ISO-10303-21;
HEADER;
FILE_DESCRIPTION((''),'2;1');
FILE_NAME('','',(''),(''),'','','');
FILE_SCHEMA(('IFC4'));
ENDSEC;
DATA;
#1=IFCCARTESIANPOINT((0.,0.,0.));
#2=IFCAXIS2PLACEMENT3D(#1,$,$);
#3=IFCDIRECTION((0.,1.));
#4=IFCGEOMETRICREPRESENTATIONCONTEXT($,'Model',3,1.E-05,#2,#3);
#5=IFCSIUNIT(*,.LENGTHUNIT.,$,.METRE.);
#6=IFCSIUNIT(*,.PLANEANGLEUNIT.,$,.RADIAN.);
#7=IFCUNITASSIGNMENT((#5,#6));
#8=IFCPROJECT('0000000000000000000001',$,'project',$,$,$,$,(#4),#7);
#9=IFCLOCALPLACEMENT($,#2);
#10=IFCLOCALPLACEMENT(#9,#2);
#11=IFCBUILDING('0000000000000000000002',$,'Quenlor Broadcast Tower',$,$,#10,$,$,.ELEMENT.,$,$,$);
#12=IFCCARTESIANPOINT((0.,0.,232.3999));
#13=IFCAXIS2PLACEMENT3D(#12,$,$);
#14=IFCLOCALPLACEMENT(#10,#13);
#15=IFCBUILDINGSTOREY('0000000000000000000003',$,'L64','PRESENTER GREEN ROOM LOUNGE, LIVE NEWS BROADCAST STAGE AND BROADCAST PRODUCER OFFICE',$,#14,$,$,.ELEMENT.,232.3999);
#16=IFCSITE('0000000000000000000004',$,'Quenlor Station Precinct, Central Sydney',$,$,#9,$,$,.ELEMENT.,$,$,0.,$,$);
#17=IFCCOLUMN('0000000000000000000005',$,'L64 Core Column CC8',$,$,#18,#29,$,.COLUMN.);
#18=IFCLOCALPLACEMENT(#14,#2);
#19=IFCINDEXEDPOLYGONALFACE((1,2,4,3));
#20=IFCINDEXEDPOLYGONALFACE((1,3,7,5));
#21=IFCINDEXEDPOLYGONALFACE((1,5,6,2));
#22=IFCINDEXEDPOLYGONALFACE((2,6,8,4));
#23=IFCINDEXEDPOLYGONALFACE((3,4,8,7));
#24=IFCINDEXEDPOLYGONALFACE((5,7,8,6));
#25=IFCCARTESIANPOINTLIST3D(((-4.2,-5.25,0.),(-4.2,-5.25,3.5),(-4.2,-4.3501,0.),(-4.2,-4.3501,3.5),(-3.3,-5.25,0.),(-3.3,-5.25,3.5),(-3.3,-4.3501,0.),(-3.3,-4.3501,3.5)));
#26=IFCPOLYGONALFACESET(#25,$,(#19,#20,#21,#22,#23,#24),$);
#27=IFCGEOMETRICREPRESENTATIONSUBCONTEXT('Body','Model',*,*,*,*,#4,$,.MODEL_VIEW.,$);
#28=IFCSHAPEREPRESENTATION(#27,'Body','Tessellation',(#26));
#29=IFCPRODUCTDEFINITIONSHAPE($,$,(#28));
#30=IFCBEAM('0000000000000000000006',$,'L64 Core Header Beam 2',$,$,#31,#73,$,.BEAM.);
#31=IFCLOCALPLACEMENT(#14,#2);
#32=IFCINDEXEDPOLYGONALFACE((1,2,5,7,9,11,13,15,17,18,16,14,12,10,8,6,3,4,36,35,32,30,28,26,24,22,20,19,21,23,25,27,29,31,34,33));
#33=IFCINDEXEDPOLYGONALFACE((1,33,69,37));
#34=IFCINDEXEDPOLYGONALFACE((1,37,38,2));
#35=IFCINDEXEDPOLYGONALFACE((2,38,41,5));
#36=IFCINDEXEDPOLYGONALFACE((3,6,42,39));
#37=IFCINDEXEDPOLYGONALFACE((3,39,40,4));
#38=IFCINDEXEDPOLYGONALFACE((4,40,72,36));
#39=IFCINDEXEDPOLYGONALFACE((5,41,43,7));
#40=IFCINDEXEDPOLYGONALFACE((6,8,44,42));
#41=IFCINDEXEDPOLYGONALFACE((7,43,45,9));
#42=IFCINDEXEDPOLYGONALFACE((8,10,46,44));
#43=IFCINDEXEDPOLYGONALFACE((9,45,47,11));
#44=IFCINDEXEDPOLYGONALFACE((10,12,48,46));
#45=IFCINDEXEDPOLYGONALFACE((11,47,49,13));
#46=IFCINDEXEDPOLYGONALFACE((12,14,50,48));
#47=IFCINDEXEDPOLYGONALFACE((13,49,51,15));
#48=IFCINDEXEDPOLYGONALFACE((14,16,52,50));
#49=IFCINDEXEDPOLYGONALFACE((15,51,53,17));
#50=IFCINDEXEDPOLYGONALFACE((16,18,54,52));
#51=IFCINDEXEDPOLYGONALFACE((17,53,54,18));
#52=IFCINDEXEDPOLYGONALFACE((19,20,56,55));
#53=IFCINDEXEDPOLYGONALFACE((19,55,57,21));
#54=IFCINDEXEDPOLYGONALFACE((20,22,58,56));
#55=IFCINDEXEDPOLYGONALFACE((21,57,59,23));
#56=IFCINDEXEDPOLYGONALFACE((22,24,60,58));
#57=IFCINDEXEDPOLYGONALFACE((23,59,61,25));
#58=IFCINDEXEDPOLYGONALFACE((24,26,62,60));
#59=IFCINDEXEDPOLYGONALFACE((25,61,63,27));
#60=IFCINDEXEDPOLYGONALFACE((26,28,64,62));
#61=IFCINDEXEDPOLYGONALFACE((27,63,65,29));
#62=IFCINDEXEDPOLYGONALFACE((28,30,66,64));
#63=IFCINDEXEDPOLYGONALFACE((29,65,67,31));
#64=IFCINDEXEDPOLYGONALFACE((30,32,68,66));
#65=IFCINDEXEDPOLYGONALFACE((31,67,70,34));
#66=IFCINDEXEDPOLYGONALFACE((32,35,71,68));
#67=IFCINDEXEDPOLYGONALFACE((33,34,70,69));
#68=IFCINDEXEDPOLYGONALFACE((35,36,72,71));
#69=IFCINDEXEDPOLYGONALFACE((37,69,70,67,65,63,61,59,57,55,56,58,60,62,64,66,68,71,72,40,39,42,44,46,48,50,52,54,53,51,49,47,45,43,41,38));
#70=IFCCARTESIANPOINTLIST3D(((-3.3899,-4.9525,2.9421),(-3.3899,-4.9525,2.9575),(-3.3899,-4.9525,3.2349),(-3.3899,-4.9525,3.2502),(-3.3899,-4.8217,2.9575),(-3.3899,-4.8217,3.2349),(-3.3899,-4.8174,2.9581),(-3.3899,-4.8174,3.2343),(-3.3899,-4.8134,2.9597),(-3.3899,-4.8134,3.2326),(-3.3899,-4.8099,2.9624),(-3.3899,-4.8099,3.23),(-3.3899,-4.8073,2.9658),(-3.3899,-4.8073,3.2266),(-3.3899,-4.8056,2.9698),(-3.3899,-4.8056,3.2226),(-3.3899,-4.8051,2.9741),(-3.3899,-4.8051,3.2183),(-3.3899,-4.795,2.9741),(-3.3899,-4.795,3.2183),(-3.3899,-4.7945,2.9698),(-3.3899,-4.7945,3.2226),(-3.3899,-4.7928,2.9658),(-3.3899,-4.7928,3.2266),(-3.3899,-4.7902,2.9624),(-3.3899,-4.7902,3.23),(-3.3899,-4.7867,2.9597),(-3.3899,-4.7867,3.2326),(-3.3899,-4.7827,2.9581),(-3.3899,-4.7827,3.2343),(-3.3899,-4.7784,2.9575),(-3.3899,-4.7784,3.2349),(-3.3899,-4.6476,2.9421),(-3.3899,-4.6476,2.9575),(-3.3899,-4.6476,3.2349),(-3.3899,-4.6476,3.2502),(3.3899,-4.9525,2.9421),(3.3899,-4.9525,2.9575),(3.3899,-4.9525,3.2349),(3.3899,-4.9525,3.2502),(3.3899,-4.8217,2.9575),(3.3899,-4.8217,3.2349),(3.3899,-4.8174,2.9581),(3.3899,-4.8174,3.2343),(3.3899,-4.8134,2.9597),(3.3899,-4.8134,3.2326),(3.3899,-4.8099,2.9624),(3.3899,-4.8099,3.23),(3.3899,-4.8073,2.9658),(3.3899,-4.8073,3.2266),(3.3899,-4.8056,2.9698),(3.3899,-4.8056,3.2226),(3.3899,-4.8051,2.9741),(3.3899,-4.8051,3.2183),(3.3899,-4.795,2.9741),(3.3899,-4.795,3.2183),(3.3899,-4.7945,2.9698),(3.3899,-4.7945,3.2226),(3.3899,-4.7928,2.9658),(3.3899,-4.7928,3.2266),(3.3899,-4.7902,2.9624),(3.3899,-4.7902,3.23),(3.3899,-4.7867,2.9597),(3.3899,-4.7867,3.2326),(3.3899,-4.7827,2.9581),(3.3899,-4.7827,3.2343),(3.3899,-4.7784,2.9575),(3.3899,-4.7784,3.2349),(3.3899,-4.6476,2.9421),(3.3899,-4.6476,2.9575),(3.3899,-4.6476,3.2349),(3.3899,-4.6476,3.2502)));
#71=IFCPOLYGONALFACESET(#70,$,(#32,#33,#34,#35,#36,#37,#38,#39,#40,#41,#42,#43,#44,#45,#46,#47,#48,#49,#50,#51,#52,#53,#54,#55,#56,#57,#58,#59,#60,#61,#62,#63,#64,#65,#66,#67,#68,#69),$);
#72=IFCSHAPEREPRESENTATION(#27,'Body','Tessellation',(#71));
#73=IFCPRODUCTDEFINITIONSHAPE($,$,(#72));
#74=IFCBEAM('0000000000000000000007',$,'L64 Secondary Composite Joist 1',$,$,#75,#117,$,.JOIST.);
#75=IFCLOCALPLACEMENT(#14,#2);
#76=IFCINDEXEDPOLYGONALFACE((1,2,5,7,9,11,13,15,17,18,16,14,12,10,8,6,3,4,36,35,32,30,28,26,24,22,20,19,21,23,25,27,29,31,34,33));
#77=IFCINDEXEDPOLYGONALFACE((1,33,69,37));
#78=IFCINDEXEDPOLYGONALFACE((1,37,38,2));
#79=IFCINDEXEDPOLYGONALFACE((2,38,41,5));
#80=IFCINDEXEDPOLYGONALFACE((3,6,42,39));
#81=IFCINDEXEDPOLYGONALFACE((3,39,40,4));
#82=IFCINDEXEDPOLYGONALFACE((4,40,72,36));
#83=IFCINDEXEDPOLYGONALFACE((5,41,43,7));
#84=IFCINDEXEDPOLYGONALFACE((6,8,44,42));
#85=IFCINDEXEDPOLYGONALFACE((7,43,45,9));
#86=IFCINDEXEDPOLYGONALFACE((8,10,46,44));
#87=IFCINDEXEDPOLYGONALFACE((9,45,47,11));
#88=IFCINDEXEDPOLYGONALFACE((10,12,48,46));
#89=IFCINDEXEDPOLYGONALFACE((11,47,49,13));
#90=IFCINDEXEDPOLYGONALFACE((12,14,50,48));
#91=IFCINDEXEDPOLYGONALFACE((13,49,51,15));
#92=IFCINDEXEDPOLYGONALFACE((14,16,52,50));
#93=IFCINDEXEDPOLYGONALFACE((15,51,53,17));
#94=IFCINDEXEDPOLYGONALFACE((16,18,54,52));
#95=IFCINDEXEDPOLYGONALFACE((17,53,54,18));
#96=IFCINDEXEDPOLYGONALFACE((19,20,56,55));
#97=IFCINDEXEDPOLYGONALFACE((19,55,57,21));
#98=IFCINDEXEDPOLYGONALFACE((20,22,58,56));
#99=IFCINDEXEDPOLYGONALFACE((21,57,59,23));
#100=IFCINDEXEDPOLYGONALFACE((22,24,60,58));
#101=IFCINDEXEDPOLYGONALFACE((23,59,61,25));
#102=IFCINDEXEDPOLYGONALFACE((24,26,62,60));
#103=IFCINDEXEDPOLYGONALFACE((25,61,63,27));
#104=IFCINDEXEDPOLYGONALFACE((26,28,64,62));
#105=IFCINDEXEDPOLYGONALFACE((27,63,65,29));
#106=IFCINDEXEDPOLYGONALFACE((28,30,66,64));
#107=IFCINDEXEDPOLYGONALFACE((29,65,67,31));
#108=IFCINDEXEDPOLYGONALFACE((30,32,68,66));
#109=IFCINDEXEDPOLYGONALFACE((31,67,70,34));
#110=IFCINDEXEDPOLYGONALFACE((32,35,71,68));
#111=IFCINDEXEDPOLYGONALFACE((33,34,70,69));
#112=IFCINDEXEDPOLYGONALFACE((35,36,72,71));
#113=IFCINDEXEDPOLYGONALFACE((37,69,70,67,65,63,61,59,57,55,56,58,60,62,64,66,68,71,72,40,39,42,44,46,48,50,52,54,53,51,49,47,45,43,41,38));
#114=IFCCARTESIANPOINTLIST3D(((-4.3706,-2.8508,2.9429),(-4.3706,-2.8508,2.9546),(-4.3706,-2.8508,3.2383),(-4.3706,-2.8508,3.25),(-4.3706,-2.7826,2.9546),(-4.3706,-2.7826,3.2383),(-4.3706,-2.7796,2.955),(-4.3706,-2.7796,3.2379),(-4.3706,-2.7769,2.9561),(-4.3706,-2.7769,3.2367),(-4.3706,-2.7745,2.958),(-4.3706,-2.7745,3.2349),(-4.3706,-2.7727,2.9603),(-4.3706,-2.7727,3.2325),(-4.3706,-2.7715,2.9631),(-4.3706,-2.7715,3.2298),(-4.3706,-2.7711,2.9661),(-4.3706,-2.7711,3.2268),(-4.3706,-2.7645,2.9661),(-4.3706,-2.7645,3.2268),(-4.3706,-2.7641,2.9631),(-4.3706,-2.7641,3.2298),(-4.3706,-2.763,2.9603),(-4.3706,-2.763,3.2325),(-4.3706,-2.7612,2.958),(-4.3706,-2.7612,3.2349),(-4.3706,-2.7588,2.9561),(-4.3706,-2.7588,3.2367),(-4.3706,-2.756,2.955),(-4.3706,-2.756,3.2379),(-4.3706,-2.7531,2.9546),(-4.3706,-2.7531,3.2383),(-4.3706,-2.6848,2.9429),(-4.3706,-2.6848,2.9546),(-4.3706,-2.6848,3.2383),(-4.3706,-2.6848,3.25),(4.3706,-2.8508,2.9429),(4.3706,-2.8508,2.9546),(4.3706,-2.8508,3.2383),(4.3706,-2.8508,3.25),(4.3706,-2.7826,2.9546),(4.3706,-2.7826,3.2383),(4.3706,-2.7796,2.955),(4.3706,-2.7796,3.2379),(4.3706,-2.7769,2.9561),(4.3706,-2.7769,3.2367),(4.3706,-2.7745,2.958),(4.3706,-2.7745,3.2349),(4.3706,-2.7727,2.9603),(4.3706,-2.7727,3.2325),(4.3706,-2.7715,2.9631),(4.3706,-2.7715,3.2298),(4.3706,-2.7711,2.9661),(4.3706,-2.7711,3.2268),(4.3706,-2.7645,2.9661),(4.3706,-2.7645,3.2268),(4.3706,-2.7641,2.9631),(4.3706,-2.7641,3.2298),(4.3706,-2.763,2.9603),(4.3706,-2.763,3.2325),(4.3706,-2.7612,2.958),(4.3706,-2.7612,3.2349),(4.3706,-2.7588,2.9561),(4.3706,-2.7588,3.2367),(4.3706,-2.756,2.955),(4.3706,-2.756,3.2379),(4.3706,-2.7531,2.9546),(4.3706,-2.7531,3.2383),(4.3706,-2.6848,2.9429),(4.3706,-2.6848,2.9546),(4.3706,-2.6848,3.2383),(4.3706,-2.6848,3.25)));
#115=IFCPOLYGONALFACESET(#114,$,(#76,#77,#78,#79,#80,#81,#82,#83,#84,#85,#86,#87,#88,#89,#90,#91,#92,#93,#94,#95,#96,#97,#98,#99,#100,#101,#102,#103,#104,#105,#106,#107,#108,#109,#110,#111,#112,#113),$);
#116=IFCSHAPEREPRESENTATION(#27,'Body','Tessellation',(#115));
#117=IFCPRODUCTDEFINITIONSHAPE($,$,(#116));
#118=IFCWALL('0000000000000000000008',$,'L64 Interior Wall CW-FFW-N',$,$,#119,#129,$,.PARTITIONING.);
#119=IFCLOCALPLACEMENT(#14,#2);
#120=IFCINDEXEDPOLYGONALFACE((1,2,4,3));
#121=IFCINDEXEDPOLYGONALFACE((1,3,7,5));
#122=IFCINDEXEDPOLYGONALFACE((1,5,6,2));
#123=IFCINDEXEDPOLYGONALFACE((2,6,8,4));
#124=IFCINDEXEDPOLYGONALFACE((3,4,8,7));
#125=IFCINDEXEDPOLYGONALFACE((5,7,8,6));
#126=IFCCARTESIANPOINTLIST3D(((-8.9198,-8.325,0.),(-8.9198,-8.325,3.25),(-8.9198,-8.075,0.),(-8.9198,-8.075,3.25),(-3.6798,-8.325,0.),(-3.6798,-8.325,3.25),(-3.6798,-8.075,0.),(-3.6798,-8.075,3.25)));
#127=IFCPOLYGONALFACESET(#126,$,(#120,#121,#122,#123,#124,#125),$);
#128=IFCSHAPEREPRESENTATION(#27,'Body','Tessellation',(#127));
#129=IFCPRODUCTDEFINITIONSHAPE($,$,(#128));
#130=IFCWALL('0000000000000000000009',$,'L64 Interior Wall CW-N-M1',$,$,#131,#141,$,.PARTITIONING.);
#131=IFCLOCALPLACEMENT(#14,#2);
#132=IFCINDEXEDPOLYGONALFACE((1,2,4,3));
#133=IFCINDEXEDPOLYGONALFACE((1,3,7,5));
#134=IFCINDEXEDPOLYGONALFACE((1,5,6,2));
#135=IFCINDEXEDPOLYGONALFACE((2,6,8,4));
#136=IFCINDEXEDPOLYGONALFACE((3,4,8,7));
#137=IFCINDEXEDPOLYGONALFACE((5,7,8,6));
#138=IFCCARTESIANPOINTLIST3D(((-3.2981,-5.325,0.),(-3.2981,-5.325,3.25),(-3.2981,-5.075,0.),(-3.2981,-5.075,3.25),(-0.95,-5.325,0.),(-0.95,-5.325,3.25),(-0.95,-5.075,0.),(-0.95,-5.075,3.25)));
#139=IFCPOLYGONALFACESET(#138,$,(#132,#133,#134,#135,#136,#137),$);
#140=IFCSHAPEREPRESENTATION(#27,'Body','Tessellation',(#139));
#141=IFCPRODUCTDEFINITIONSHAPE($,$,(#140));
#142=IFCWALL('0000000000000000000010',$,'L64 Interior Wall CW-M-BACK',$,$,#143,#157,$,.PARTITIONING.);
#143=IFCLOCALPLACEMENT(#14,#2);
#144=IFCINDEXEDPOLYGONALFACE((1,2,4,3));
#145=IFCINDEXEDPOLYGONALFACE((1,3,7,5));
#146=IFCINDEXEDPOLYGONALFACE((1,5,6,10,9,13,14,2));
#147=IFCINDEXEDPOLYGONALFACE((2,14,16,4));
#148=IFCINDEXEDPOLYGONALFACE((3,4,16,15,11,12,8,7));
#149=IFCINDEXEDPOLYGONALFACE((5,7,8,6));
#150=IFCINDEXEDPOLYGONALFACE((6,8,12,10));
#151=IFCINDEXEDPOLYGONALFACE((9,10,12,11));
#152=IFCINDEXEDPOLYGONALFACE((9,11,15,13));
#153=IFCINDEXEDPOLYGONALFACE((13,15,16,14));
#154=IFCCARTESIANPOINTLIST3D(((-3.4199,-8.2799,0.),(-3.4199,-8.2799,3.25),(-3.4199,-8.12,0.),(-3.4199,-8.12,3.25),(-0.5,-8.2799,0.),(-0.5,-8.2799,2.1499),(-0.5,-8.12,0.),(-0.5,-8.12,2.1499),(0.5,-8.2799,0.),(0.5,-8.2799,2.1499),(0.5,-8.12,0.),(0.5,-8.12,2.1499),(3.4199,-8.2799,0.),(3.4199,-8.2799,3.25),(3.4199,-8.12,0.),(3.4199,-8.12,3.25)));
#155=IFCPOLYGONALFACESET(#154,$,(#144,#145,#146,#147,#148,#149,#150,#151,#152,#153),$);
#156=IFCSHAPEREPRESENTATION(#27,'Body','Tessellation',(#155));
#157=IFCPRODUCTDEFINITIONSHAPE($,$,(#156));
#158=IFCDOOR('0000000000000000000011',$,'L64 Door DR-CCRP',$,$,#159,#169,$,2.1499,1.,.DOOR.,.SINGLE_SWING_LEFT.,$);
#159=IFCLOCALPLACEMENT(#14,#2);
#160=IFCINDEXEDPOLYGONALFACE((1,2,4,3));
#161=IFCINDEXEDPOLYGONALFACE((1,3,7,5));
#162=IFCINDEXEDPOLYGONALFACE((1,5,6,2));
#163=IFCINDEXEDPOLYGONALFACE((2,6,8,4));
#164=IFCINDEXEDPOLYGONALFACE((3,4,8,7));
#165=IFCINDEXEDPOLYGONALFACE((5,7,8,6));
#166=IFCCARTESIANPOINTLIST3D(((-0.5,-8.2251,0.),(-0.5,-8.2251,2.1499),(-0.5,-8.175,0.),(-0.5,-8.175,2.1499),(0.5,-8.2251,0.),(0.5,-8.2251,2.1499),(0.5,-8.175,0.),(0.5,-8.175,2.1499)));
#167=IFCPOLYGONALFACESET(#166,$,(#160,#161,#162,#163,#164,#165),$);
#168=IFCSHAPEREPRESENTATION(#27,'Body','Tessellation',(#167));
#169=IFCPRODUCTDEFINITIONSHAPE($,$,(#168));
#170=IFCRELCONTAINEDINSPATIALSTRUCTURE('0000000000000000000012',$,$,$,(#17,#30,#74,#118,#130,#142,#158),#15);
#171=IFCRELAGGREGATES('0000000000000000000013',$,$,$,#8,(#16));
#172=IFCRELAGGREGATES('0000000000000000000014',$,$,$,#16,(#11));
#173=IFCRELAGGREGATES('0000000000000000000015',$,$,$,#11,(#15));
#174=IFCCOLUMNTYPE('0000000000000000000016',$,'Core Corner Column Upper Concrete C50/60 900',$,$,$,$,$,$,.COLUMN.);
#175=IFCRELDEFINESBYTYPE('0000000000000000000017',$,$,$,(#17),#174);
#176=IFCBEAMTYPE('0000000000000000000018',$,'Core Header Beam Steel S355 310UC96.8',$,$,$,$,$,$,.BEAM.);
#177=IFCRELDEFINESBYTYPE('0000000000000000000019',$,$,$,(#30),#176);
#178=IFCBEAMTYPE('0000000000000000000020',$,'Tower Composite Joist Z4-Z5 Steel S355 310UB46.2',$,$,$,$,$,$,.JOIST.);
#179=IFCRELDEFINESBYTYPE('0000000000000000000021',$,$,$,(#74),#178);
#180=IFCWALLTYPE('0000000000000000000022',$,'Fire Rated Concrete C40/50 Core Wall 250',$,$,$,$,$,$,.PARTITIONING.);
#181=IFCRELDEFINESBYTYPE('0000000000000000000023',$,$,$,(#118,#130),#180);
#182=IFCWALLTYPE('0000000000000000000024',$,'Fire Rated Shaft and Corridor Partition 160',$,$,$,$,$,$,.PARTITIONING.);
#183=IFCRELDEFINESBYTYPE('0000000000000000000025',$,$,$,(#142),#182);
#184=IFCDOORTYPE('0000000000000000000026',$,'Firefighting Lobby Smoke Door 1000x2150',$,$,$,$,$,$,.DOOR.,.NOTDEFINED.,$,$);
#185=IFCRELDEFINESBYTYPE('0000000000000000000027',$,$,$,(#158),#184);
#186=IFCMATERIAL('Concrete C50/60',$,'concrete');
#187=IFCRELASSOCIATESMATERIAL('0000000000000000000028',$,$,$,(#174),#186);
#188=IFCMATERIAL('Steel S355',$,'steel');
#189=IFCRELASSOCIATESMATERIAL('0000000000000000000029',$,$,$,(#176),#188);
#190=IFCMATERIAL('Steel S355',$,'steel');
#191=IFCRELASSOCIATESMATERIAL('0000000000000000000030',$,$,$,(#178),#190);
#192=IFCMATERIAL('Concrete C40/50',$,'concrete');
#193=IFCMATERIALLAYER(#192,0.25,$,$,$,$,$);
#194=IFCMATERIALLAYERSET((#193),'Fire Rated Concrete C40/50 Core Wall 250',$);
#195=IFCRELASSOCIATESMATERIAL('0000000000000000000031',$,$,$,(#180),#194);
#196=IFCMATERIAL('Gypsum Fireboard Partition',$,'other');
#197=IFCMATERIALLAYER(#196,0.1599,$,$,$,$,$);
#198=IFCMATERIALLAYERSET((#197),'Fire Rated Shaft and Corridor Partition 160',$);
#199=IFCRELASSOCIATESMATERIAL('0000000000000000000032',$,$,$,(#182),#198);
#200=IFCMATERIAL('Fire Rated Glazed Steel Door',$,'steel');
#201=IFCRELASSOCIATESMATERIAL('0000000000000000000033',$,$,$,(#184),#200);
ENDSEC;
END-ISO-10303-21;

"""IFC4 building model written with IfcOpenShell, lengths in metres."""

from ifc_helpers import new_model, si_unit, direction, frame, frame_2d, origin, origin_2d, place, context, subcontext, project, spatial, rectangle, i_section, extrude, material, layer, layer_set, material_profile, profile_set, type_object, element, fill, save


model = new_model("IFC4")

# Units and contexts
model_context = context("Model", 3, precision=1e-05, world=origin(), true_north=direction((0.0, 1.0)))
body_context = subcontext(model_context, "Body", "Model", "MODEL_VIEW")
ifc_project = project(units=[si_unit("LENGTHUNIT", "METRE"), si_unit("PLANEANGLEUNIT", "RADIAN")], contexts=[model_context])

# Site, building, storey
site_placement = place(None, origin())
site = spatial("IfcSite", under=ifc_project, at=site_placement, Name="Quenlor Station Precinct, Central Sydney", CompositionType="ELEMENT", RefElevation=0.0)
building_placement = place(site_placement, origin())
building = spatial("IfcBuilding", under=site, at=building_placement, Name="Quenlor Broadcast Tower", CompositionType="ELEMENT")
storey_placement = place(building_placement, frame((0.0, 0.0, 232.3999)))
storey = spatial("IfcBuildingStorey", under=building, at=storey_placement, Name="L64", Description="PRESENTER GREEN ROOM LOUNGE, LIVE NEWS BROADCAST STAGE AND BROADCAST PRODUCER OFFICE", CompositionType="ELEMENT", Elevation=232.3999)

# Column
ifc_material_1 = material(Name="Concrete C50/60", Category="concrete")
ifc_material_profile_1 = material_profile(ifc_material_1, rectangle(XDim=0.8999, YDim=0.8999, at=origin_2d()))
ifc_profile_set_1 = profile_set([ifc_material_profile_1], Name="Concrete C50/60 RC900x900")
column_type = type_object("IfcColumnType", Name="Core Corner Column Upper Concrete C50/60 900", PredefinedType="COLUMN", material=ifc_profile_set_1)
column_placement = place(storey_placement, frame((-3.75, -4.8, 0.0), z_axis=(0.0, 0.0, 1.0), x_axis=(1.0, 0.0, 0.0)))
element("IfcColumn", 1, at=column_placement, inside=storey, type_object=column_type, Name="L64 Core Column CC8", PredefinedType="COLUMN", context=body_context, shape_type="SweptSolid", body=[
    extrude(rectangle(XDim=0.8999, YDim=0.8999, at=origin_2d()), origin(), (0.0, 0.0, 1.0), 3.5),
])

# Beams
ifc_material_2 = material(Name="Steel S355", Category="steel")
ifc_material_profile_2 = material_profile(ifc_material_2, i_section(OverallWidth=0.3049, OverallDepth=0.3081, WebThickness=0.01, FlangeThickness=0.0154, FilletRadius=0.0166, at=origin_2d()))
ifc_profile_set_2 = profile_set([ifc_material_profile_2], Name="Steel S355 310UC96.8")
beam_type_1 = type_object("IfcBeamType", Name="Core Header Beam Steel S355 310UC96.8", PredefinedType="BEAM", material=ifc_profile_set_2)
beam_1_placement = place(storey_placement, frame((-3.3899, -4.8, 3.0962), z_axis=(1.0, 0.0, 0.0), x_axis=(0.0, 1.0, 0.0)))
element("IfcBeam", 2, at=beam_1_placement, inside=storey, type_object=beam_type_1, Name="L64 Core Header Beam 2", PredefinedType="BEAM", context=body_context, shape_type="SweptSolid", body=[
    extrude(i_section(OverallWidth=0.3049, OverallDepth=0.3081, WebThickness=0.01, FlangeThickness=0.0154, FilletRadius=0.0166, at=origin_2d()), origin(), (0.0, 0.0, 1.0), 6.7798),
])
ifc_material_3 = material(Name="Steel S355", Category="steel")
ifc_material_profile_3 = material_profile(ifc_material_3, i_section(OverallWidth=0.166, OverallDepth=0.3071, WebThickness=0.0066, FlangeThickness=0.0117, FilletRadius=0.0115, at=origin_2d()))
ifc_profile_set_3 = profile_set([ifc_material_profile_3], Name="Steel S355 310UB46.2")
beam_type_2 = type_object("IfcBeamType", Name="Tower Composite Joist Z4-Z5 Steel S355 310UB46.2", PredefinedType="JOIST", material=ifc_profile_set_3)
beam_2_placement = place(storey_placement, frame((-4.3706, -2.7678, 3.0964), z_axis=(1.0, 0.0, 0.0), x_axis=(0.0, 1.0, 0.0)))
element("IfcBeam", 3, at=beam_2_placement, inside=storey, type_object=beam_type_2, Name="L64 Secondary Composite Joist 1", PredefinedType="JOIST", context=body_context, shape_type="SweptSolid", body=[
    extrude(i_section(OverallWidth=0.166, OverallDepth=0.3071, WebThickness=0.0066, FlangeThickness=0.0117, FilletRadius=0.0115, at=origin_2d()), origin(), (0.0, 0.0, 1.0), 8.7412),
])

# Shared definitions
ifc_material_4 = material(Name="Concrete C40/50", Category="concrete")
ifc_layer_1 = layer(ifc_material_4, 0.25)
ifc_layer_set_1 = layer_set([ifc_layer_1], Name="Fire Rated Concrete C40/50 Core Wall 250")
wall_type_1 = type_object("IfcWallType", Name="Fire Rated Concrete C40/50 Core Wall 250", PredefinedType="PARTITIONING", material=ifc_layer_set_1)

# Walls
wall_1_placement = place(storey_placement, frame((-8.9199, -8.2, 0.0), z_axis=(0.0, 0.0, 1.0), x_axis=(1.0, 0.0, 0.0)))
element("IfcWall", 4, at=wall_1_placement, inside=storey, type_object=wall_type_1, Name="L64 Interior Wall CW-FFW-N", PredefinedType="PARTITIONING", context=body_context, shape_type="SweptSolid", body=[
    extrude(rectangle(XDim=5.24, YDim=0.25, at=frame_2d((2.6201, 0.0))), origin(), (0.0, 0.0, 1.0), 3.25),
])
wall_2_placement = place(storey_placement, frame((-3.2981, -5.2, 0.0), z_axis=(0.0, 0.0, 1.0), x_axis=(1.0, 0.0, 0.0)))
element("IfcWall", 5, at=wall_2_placement, inside=storey, type_object=wall_type_1, Name="L64 Interior Wall CW-N-M1", PredefinedType="PARTITIONING", context=body_context, shape_type="SweptSolid", body=[
    extrude(rectangle(XDim=2.3481, YDim=0.25, at=frame_2d((1.1741, 0.0))), origin(), (0.0, 0.0, 1.0), 3.25),
])

# Wall, opening, door
ifc_material_5 = material(Name="Gypsum Fireboard Partition", Category="other")
ifc_layer_2 = layer(ifc_material_5, 0.1599)
ifc_layer_set_2 = layer_set([ifc_layer_2], Name="Fire Rated Shaft and Corridor Partition 160")
wall_type_2 = type_object("IfcWallType", Name="Fire Rated Shaft and Corridor Partition 160", PredefinedType="PARTITIONING", material=ifc_layer_set_2)
wall_3_placement = place(storey_placement, frame((-3.4199, -8.2, 0.0), z_axis=(0.0, 0.0, 1.0), x_axis=(1.0, 0.0, 0.0)))
wall_3 = element("IfcWall", 6, at=wall_3_placement, inside=storey, type_object=wall_type_2, Name="L64 Interior Wall CW-M-BACK", PredefinedType="PARTITIONING", context=body_context, shape_type="SweptSolid", body=[
    extrude(rectangle(XDim=6.8398, YDim=0.1599, at=frame_2d((3.4199, 0.0))), origin(), (0.0, 0.0, 1.0), 3.25),
])
opening_1_placement = place(wall_3_placement, frame((2.9199, 0.0, 0.0)))
opening_1 = element("IfcOpeningElement", 7, at=opening_1_placement, cuts=wall_3, PredefinedType="OPENING", context=body_context, shape_type="SweptSolid", body=[
    extrude(rectangle(XDim=1.0, YDim=2.1499, at=frame_2d((0.5, 1.075))), frame((0.0, 0.0898, 0.0), z_axis=(0.0, -1.0, 0.0), x_axis=(1.0, 0.0, 0.0)), (0.0, 0.0, 1.0), 0.1799),
])
ifc_material_6 = material(Name="Fire Rated Glazed Steel Door", Category="steel")
door_type_1 = type_object("IfcDoorType", Name="Firefighting Lobby Smoke Door 1000x2150", OperationType="NOTDEFINED", PredefinedType="DOOR", material=ifc_material_6)
door_1_placement = place(opening_1_placement, origin())
door_1 = element("IfcDoor", 8, at=door_1_placement, inside=storey, type_object=door_type_1, Name="L64 Door DR-CCRP", OperationType="SINGLE_SWING_LEFT", OverallHeight=2.1499, OverallWidth=1.0, PredefinedType="DOOR", context=body_context, shape_type="SweptSolid", body=[
    extrude(rectangle(XDim=1.0, YDim=2.1499, at=frame_2d((0.5, 1.075))), frame((0.0, 0.0249, 0.0), z_axis=(0.0, -1.0, 0.0), x_axis=(1.0, 0.0, 0.0)), (0.0, 0.0, 1.0), 0.05),
])
fill(opening_1, door_1)

save(model, "model.ifc")
